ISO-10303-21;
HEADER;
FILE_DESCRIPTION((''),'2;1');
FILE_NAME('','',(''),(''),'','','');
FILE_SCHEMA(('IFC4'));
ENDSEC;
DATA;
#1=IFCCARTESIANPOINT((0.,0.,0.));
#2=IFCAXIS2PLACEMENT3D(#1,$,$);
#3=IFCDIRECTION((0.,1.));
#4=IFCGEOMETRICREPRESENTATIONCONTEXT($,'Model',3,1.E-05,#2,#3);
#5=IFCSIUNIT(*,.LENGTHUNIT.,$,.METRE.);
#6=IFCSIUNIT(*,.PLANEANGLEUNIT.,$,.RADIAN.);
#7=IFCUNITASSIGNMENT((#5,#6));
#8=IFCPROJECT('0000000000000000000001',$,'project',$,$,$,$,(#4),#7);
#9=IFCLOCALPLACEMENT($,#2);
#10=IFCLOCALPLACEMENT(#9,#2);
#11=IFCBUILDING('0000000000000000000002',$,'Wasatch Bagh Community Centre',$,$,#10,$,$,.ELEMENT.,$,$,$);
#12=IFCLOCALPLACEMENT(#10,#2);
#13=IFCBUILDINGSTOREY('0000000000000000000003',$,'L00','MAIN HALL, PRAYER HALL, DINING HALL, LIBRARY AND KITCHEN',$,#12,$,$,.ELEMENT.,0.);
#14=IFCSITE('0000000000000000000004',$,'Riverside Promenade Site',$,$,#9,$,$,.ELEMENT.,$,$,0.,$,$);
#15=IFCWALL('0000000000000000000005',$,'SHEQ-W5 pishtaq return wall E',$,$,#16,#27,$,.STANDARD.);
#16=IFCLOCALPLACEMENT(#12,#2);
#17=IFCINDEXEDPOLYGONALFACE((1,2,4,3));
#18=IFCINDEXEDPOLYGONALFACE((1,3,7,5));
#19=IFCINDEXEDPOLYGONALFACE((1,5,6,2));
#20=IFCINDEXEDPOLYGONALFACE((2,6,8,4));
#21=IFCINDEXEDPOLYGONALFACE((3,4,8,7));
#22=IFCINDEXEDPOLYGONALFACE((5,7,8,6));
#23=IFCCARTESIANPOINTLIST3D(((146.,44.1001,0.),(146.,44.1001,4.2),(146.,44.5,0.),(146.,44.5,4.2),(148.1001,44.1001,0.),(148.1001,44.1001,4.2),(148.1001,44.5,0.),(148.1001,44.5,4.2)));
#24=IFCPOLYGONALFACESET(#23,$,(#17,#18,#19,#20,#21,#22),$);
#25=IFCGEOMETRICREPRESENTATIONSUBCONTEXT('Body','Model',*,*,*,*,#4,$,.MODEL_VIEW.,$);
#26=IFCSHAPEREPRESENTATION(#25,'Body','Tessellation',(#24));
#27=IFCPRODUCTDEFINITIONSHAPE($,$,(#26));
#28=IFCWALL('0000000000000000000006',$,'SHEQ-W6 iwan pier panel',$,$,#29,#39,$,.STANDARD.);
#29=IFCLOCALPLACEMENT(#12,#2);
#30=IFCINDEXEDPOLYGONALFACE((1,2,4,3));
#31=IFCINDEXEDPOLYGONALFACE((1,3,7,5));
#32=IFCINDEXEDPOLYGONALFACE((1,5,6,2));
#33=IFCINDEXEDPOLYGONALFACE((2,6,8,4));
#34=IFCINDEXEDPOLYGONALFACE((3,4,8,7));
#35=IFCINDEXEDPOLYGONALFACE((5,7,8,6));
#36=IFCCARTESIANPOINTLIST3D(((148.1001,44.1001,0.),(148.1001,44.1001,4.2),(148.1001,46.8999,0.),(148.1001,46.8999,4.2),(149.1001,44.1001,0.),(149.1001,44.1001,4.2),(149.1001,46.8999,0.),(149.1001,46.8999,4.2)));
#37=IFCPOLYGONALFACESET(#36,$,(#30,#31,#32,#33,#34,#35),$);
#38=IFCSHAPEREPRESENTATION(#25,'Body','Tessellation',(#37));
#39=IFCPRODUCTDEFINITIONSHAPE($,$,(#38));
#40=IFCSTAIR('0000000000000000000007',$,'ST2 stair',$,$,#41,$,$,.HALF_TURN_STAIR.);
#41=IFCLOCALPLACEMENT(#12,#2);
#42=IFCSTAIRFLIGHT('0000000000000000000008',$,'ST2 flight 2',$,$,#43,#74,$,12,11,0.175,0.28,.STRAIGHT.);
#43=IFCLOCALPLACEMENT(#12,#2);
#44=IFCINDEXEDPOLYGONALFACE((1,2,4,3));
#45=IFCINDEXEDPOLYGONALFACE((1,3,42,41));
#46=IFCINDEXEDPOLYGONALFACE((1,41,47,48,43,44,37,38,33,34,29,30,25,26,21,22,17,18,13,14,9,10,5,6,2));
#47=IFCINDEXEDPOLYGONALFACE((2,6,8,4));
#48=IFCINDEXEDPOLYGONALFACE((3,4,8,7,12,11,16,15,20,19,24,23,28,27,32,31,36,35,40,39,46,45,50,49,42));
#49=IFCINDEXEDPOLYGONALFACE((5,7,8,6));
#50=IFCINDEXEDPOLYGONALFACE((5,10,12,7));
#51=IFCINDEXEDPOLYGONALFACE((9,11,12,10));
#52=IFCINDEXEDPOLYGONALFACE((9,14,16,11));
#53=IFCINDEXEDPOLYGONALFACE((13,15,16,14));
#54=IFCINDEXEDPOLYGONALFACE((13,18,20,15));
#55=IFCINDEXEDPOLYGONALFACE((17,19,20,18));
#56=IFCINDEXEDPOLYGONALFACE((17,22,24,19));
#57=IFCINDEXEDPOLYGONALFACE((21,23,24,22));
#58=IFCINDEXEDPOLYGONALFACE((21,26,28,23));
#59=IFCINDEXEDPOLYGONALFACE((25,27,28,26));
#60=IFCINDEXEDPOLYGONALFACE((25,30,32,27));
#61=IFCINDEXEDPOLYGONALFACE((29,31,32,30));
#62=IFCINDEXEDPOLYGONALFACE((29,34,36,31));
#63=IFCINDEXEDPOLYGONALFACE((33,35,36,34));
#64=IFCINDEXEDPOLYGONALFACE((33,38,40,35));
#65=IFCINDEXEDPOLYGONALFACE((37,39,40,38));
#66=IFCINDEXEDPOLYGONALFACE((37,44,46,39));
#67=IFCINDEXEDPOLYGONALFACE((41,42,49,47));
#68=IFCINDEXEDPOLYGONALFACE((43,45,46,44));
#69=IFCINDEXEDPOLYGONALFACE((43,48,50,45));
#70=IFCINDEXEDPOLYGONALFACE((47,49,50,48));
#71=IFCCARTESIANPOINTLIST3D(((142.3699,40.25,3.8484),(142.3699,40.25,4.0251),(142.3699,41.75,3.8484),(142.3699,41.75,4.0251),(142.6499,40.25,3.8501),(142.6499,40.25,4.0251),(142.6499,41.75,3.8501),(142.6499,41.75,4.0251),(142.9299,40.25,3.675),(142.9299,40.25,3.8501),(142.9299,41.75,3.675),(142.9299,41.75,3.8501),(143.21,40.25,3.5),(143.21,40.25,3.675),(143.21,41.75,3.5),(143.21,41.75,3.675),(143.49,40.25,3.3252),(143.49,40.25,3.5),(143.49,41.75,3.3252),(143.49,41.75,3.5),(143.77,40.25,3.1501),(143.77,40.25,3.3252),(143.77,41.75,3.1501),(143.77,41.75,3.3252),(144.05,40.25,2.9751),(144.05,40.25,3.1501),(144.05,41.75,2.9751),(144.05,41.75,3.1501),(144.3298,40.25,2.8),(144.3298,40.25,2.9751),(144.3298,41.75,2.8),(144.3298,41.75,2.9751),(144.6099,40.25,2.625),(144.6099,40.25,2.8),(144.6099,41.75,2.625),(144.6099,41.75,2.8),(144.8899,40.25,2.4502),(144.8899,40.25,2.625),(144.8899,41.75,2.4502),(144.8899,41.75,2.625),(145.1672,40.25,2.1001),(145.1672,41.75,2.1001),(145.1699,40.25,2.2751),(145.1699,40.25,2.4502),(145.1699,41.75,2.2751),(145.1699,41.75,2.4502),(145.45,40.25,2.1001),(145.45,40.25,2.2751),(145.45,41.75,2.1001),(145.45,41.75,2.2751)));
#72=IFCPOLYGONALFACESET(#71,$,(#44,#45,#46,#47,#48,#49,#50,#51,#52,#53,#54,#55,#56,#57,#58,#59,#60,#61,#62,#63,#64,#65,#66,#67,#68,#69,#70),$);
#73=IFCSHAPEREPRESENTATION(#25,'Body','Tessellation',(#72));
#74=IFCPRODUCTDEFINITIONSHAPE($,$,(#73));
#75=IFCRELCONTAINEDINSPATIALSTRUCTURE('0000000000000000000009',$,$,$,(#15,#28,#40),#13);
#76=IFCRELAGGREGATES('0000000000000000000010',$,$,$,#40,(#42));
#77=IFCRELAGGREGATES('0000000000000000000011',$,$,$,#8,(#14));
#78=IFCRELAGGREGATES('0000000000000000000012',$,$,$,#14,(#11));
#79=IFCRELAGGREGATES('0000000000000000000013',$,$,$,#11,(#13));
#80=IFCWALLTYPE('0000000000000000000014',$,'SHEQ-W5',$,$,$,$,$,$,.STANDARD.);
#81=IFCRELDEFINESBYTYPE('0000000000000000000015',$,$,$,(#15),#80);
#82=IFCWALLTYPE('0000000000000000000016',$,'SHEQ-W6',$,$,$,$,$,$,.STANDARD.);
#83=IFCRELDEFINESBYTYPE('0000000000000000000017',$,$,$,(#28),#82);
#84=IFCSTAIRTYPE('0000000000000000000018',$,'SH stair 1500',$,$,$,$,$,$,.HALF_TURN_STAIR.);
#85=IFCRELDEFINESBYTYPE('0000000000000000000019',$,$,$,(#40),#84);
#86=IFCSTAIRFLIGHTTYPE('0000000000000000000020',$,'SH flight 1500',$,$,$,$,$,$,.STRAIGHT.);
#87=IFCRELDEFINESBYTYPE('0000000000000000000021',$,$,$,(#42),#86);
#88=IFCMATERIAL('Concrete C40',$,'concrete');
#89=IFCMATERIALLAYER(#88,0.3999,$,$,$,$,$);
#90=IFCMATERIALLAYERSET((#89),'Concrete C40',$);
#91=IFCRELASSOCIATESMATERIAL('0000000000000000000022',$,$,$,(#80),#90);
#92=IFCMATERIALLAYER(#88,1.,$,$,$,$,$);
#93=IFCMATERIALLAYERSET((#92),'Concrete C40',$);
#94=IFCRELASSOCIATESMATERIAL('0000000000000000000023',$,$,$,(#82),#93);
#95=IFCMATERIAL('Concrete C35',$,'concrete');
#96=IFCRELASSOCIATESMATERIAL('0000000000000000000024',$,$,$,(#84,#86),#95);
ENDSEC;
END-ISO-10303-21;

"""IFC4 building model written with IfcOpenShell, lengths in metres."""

from ifc_helpers import new_model, si_unit, direction, frame, frame_2d, origin, place, context, subcontext, project, spatial, polyline, rectangle, outline, extrude, material, layer, layer_set, type_object, element, aggregate, save


model = new_model("IFC4")

# Units and contexts
model_context = context("Model", 3, precision=1e-05, world=origin(), true_north=direction((0.0, 1.0)))
body_context = subcontext(model_context, "Body", "Model", "MODEL_VIEW")
ifc_project = project(units=[si_unit("LENGTHUNIT", "METRE"), si_unit("PLANEANGLEUNIT", "RADIAN")], contexts=[model_context])

# Site, building, storey
site_placement = place(None, origin())
site = spatial("IfcSite", under=ifc_project, at=site_placement, Name="Riverside Promenade Site", CompositionType="ELEMENT", RefElevation=0.0)
building_placement = place(site_placement, origin())
building = spatial("IfcBuilding", under=site, at=building_placement, Name="Wasatch Bagh Community Centre", CompositionType="ELEMENT")
storey_placement = place(building_placement, origin())
storey = spatial("IfcBuildingStorey", under=building, at=storey_placement, Name="L00", Description="MAIN HALL, PRAYER HALL, DINING HALL, LIBRARY AND KITCHEN", CompositionType="ELEMENT", Elevation=0.0)

# Shared definitions
ifc_material_1 = material(Name="Concrete C35", Category="concrete")

# Shared definitions
ifc_material_2 = material(Name="Concrete C40", Category="concrete")

# Walls
ifc_layer_1 = layer(ifc_material_2, 0.3999)
ifc_layer_set_1 = layer_set([ifc_layer_1], Name="Concrete C40")
wall_type_1 = type_object("IfcWallType", Name="SHEQ-W5", PredefinedType="STANDARD", material=ifc_layer_set_1)
wall_1_placement = place(storey_placement, frame((148.1001, 44.3, 0.0), z_axis=(0.0, 0.0, 1.0), x_axis=(-1.0, 0.0, 0.0)))
element("IfcWall", 1, at=wall_1_placement, inside=storey, type_object=wall_type_1, Name="SHEQ-W5 pishtaq return wall E", PredefinedType="STANDARD", context=body_context, shape_type="SweptSolid", body=[
    extrude(rectangle(XDim=2.1001, YDim=0.3999, at=frame_2d((1.05, 0.0))), origin(), (0.0, 0.0, 1.0), 4.2),
])
ifc_layer_2 = layer(ifc_material_2, 1.0)
ifc_layer_set_2 = layer_set([ifc_layer_2], Name="Concrete C40")
wall_type_2 = type_object("IfcWallType", Name="SHEQ-W6", PredefinedType="STANDARD", material=ifc_layer_set_2)
wall_2_placement = place(storey_placement, frame((148.6001, 44.1001, 0.0), z_axis=(0.0, 0.0, 1.0), x_axis=(0.0, 1.0, 0.0)))
element("IfcWall", 2, at=wall_2_placement, inside=storey, type_object=wall_type_2, Name="SHEQ-W6 iwan pier panel", PredefinedType="STANDARD", context=body_context, shape_type="SweptSolid", body=[
    extrude(rectangle(XDim=2.7998, YDim=1.0, at=frame_2d((1.3999, 0.0))), origin(), (0.0, 0.0, 1.0), 4.2),
])

# Stair, stair flight
stair_type = type_object("IfcStairType", Name="SH stair 1500", PredefinedType="HALF_TURN_STAIR", material=ifc_material_1)
stair_placement = place(storey_placement, origin())
stair = element("IfcStair", 3, at=stair_placement, inside=storey, type_object=stair_type, Name="ST2 stair", PredefinedType="HALF_TURN_STAIR")
stair_flight_type = type_object("IfcStairFlightType", Name="SH flight 1500", PredefinedType="STRAIGHT", material=ifc_material_1)
stair_flight_placement = place(storey_placement, frame((145.45, 41.0, 2.1001), z_axis=(0.0, 0.0, 1.0), x_axis=(-1.0, 0.0, 0.0)))
stair_flight = element("IfcStairFlight", 4, at=stair_flight_placement, type_object=stair_flight_type, Name="ST2 flight 2", NumberOfRisers=12, NumberOfTreads=11, PredefinedType="STRAIGHT", RiserHeight=0.175, TreadLength=0.28, context=body_context, shape_type="SweptSolid", body=[
    extrude(outline(polyline([(0.0, 0.0), (0.0, 0.175), (0.28, 0.175), (0.28, 0.3501), (0.5601, 0.3501), (0.5601, 0.5249), (0.8401, 0.5249), (0.8401, 0.7), (1.1201, 0.7), (1.1201, 0.875), (1.3999, 0.875), (1.3999, 1.05), (1.6799, 1.05), (1.6799, 1.2251), (1.96, 1.2251), (1.96, 1.3999), (2.24, 1.3999), (2.24, 1.575), (2.52, 1.575), (2.52, 1.75), (2.8, 1.75), (2.8, 1.925), (3.0801, 1.925), (3.0801, 2.1001), (3.0801, 1.7483), (0.2827, 0.0), (0.0, 0.0)])), frame((0.0, 0.75, 0.0), z_axis=(0.0, -1.0, 0.0), x_axis=(1.0, 0.0, 0.0)), (0.0, 0.0, 1.0), 1.5),
])
aggregate(stair, [stair_flight])

save(model, "model.ifc")
